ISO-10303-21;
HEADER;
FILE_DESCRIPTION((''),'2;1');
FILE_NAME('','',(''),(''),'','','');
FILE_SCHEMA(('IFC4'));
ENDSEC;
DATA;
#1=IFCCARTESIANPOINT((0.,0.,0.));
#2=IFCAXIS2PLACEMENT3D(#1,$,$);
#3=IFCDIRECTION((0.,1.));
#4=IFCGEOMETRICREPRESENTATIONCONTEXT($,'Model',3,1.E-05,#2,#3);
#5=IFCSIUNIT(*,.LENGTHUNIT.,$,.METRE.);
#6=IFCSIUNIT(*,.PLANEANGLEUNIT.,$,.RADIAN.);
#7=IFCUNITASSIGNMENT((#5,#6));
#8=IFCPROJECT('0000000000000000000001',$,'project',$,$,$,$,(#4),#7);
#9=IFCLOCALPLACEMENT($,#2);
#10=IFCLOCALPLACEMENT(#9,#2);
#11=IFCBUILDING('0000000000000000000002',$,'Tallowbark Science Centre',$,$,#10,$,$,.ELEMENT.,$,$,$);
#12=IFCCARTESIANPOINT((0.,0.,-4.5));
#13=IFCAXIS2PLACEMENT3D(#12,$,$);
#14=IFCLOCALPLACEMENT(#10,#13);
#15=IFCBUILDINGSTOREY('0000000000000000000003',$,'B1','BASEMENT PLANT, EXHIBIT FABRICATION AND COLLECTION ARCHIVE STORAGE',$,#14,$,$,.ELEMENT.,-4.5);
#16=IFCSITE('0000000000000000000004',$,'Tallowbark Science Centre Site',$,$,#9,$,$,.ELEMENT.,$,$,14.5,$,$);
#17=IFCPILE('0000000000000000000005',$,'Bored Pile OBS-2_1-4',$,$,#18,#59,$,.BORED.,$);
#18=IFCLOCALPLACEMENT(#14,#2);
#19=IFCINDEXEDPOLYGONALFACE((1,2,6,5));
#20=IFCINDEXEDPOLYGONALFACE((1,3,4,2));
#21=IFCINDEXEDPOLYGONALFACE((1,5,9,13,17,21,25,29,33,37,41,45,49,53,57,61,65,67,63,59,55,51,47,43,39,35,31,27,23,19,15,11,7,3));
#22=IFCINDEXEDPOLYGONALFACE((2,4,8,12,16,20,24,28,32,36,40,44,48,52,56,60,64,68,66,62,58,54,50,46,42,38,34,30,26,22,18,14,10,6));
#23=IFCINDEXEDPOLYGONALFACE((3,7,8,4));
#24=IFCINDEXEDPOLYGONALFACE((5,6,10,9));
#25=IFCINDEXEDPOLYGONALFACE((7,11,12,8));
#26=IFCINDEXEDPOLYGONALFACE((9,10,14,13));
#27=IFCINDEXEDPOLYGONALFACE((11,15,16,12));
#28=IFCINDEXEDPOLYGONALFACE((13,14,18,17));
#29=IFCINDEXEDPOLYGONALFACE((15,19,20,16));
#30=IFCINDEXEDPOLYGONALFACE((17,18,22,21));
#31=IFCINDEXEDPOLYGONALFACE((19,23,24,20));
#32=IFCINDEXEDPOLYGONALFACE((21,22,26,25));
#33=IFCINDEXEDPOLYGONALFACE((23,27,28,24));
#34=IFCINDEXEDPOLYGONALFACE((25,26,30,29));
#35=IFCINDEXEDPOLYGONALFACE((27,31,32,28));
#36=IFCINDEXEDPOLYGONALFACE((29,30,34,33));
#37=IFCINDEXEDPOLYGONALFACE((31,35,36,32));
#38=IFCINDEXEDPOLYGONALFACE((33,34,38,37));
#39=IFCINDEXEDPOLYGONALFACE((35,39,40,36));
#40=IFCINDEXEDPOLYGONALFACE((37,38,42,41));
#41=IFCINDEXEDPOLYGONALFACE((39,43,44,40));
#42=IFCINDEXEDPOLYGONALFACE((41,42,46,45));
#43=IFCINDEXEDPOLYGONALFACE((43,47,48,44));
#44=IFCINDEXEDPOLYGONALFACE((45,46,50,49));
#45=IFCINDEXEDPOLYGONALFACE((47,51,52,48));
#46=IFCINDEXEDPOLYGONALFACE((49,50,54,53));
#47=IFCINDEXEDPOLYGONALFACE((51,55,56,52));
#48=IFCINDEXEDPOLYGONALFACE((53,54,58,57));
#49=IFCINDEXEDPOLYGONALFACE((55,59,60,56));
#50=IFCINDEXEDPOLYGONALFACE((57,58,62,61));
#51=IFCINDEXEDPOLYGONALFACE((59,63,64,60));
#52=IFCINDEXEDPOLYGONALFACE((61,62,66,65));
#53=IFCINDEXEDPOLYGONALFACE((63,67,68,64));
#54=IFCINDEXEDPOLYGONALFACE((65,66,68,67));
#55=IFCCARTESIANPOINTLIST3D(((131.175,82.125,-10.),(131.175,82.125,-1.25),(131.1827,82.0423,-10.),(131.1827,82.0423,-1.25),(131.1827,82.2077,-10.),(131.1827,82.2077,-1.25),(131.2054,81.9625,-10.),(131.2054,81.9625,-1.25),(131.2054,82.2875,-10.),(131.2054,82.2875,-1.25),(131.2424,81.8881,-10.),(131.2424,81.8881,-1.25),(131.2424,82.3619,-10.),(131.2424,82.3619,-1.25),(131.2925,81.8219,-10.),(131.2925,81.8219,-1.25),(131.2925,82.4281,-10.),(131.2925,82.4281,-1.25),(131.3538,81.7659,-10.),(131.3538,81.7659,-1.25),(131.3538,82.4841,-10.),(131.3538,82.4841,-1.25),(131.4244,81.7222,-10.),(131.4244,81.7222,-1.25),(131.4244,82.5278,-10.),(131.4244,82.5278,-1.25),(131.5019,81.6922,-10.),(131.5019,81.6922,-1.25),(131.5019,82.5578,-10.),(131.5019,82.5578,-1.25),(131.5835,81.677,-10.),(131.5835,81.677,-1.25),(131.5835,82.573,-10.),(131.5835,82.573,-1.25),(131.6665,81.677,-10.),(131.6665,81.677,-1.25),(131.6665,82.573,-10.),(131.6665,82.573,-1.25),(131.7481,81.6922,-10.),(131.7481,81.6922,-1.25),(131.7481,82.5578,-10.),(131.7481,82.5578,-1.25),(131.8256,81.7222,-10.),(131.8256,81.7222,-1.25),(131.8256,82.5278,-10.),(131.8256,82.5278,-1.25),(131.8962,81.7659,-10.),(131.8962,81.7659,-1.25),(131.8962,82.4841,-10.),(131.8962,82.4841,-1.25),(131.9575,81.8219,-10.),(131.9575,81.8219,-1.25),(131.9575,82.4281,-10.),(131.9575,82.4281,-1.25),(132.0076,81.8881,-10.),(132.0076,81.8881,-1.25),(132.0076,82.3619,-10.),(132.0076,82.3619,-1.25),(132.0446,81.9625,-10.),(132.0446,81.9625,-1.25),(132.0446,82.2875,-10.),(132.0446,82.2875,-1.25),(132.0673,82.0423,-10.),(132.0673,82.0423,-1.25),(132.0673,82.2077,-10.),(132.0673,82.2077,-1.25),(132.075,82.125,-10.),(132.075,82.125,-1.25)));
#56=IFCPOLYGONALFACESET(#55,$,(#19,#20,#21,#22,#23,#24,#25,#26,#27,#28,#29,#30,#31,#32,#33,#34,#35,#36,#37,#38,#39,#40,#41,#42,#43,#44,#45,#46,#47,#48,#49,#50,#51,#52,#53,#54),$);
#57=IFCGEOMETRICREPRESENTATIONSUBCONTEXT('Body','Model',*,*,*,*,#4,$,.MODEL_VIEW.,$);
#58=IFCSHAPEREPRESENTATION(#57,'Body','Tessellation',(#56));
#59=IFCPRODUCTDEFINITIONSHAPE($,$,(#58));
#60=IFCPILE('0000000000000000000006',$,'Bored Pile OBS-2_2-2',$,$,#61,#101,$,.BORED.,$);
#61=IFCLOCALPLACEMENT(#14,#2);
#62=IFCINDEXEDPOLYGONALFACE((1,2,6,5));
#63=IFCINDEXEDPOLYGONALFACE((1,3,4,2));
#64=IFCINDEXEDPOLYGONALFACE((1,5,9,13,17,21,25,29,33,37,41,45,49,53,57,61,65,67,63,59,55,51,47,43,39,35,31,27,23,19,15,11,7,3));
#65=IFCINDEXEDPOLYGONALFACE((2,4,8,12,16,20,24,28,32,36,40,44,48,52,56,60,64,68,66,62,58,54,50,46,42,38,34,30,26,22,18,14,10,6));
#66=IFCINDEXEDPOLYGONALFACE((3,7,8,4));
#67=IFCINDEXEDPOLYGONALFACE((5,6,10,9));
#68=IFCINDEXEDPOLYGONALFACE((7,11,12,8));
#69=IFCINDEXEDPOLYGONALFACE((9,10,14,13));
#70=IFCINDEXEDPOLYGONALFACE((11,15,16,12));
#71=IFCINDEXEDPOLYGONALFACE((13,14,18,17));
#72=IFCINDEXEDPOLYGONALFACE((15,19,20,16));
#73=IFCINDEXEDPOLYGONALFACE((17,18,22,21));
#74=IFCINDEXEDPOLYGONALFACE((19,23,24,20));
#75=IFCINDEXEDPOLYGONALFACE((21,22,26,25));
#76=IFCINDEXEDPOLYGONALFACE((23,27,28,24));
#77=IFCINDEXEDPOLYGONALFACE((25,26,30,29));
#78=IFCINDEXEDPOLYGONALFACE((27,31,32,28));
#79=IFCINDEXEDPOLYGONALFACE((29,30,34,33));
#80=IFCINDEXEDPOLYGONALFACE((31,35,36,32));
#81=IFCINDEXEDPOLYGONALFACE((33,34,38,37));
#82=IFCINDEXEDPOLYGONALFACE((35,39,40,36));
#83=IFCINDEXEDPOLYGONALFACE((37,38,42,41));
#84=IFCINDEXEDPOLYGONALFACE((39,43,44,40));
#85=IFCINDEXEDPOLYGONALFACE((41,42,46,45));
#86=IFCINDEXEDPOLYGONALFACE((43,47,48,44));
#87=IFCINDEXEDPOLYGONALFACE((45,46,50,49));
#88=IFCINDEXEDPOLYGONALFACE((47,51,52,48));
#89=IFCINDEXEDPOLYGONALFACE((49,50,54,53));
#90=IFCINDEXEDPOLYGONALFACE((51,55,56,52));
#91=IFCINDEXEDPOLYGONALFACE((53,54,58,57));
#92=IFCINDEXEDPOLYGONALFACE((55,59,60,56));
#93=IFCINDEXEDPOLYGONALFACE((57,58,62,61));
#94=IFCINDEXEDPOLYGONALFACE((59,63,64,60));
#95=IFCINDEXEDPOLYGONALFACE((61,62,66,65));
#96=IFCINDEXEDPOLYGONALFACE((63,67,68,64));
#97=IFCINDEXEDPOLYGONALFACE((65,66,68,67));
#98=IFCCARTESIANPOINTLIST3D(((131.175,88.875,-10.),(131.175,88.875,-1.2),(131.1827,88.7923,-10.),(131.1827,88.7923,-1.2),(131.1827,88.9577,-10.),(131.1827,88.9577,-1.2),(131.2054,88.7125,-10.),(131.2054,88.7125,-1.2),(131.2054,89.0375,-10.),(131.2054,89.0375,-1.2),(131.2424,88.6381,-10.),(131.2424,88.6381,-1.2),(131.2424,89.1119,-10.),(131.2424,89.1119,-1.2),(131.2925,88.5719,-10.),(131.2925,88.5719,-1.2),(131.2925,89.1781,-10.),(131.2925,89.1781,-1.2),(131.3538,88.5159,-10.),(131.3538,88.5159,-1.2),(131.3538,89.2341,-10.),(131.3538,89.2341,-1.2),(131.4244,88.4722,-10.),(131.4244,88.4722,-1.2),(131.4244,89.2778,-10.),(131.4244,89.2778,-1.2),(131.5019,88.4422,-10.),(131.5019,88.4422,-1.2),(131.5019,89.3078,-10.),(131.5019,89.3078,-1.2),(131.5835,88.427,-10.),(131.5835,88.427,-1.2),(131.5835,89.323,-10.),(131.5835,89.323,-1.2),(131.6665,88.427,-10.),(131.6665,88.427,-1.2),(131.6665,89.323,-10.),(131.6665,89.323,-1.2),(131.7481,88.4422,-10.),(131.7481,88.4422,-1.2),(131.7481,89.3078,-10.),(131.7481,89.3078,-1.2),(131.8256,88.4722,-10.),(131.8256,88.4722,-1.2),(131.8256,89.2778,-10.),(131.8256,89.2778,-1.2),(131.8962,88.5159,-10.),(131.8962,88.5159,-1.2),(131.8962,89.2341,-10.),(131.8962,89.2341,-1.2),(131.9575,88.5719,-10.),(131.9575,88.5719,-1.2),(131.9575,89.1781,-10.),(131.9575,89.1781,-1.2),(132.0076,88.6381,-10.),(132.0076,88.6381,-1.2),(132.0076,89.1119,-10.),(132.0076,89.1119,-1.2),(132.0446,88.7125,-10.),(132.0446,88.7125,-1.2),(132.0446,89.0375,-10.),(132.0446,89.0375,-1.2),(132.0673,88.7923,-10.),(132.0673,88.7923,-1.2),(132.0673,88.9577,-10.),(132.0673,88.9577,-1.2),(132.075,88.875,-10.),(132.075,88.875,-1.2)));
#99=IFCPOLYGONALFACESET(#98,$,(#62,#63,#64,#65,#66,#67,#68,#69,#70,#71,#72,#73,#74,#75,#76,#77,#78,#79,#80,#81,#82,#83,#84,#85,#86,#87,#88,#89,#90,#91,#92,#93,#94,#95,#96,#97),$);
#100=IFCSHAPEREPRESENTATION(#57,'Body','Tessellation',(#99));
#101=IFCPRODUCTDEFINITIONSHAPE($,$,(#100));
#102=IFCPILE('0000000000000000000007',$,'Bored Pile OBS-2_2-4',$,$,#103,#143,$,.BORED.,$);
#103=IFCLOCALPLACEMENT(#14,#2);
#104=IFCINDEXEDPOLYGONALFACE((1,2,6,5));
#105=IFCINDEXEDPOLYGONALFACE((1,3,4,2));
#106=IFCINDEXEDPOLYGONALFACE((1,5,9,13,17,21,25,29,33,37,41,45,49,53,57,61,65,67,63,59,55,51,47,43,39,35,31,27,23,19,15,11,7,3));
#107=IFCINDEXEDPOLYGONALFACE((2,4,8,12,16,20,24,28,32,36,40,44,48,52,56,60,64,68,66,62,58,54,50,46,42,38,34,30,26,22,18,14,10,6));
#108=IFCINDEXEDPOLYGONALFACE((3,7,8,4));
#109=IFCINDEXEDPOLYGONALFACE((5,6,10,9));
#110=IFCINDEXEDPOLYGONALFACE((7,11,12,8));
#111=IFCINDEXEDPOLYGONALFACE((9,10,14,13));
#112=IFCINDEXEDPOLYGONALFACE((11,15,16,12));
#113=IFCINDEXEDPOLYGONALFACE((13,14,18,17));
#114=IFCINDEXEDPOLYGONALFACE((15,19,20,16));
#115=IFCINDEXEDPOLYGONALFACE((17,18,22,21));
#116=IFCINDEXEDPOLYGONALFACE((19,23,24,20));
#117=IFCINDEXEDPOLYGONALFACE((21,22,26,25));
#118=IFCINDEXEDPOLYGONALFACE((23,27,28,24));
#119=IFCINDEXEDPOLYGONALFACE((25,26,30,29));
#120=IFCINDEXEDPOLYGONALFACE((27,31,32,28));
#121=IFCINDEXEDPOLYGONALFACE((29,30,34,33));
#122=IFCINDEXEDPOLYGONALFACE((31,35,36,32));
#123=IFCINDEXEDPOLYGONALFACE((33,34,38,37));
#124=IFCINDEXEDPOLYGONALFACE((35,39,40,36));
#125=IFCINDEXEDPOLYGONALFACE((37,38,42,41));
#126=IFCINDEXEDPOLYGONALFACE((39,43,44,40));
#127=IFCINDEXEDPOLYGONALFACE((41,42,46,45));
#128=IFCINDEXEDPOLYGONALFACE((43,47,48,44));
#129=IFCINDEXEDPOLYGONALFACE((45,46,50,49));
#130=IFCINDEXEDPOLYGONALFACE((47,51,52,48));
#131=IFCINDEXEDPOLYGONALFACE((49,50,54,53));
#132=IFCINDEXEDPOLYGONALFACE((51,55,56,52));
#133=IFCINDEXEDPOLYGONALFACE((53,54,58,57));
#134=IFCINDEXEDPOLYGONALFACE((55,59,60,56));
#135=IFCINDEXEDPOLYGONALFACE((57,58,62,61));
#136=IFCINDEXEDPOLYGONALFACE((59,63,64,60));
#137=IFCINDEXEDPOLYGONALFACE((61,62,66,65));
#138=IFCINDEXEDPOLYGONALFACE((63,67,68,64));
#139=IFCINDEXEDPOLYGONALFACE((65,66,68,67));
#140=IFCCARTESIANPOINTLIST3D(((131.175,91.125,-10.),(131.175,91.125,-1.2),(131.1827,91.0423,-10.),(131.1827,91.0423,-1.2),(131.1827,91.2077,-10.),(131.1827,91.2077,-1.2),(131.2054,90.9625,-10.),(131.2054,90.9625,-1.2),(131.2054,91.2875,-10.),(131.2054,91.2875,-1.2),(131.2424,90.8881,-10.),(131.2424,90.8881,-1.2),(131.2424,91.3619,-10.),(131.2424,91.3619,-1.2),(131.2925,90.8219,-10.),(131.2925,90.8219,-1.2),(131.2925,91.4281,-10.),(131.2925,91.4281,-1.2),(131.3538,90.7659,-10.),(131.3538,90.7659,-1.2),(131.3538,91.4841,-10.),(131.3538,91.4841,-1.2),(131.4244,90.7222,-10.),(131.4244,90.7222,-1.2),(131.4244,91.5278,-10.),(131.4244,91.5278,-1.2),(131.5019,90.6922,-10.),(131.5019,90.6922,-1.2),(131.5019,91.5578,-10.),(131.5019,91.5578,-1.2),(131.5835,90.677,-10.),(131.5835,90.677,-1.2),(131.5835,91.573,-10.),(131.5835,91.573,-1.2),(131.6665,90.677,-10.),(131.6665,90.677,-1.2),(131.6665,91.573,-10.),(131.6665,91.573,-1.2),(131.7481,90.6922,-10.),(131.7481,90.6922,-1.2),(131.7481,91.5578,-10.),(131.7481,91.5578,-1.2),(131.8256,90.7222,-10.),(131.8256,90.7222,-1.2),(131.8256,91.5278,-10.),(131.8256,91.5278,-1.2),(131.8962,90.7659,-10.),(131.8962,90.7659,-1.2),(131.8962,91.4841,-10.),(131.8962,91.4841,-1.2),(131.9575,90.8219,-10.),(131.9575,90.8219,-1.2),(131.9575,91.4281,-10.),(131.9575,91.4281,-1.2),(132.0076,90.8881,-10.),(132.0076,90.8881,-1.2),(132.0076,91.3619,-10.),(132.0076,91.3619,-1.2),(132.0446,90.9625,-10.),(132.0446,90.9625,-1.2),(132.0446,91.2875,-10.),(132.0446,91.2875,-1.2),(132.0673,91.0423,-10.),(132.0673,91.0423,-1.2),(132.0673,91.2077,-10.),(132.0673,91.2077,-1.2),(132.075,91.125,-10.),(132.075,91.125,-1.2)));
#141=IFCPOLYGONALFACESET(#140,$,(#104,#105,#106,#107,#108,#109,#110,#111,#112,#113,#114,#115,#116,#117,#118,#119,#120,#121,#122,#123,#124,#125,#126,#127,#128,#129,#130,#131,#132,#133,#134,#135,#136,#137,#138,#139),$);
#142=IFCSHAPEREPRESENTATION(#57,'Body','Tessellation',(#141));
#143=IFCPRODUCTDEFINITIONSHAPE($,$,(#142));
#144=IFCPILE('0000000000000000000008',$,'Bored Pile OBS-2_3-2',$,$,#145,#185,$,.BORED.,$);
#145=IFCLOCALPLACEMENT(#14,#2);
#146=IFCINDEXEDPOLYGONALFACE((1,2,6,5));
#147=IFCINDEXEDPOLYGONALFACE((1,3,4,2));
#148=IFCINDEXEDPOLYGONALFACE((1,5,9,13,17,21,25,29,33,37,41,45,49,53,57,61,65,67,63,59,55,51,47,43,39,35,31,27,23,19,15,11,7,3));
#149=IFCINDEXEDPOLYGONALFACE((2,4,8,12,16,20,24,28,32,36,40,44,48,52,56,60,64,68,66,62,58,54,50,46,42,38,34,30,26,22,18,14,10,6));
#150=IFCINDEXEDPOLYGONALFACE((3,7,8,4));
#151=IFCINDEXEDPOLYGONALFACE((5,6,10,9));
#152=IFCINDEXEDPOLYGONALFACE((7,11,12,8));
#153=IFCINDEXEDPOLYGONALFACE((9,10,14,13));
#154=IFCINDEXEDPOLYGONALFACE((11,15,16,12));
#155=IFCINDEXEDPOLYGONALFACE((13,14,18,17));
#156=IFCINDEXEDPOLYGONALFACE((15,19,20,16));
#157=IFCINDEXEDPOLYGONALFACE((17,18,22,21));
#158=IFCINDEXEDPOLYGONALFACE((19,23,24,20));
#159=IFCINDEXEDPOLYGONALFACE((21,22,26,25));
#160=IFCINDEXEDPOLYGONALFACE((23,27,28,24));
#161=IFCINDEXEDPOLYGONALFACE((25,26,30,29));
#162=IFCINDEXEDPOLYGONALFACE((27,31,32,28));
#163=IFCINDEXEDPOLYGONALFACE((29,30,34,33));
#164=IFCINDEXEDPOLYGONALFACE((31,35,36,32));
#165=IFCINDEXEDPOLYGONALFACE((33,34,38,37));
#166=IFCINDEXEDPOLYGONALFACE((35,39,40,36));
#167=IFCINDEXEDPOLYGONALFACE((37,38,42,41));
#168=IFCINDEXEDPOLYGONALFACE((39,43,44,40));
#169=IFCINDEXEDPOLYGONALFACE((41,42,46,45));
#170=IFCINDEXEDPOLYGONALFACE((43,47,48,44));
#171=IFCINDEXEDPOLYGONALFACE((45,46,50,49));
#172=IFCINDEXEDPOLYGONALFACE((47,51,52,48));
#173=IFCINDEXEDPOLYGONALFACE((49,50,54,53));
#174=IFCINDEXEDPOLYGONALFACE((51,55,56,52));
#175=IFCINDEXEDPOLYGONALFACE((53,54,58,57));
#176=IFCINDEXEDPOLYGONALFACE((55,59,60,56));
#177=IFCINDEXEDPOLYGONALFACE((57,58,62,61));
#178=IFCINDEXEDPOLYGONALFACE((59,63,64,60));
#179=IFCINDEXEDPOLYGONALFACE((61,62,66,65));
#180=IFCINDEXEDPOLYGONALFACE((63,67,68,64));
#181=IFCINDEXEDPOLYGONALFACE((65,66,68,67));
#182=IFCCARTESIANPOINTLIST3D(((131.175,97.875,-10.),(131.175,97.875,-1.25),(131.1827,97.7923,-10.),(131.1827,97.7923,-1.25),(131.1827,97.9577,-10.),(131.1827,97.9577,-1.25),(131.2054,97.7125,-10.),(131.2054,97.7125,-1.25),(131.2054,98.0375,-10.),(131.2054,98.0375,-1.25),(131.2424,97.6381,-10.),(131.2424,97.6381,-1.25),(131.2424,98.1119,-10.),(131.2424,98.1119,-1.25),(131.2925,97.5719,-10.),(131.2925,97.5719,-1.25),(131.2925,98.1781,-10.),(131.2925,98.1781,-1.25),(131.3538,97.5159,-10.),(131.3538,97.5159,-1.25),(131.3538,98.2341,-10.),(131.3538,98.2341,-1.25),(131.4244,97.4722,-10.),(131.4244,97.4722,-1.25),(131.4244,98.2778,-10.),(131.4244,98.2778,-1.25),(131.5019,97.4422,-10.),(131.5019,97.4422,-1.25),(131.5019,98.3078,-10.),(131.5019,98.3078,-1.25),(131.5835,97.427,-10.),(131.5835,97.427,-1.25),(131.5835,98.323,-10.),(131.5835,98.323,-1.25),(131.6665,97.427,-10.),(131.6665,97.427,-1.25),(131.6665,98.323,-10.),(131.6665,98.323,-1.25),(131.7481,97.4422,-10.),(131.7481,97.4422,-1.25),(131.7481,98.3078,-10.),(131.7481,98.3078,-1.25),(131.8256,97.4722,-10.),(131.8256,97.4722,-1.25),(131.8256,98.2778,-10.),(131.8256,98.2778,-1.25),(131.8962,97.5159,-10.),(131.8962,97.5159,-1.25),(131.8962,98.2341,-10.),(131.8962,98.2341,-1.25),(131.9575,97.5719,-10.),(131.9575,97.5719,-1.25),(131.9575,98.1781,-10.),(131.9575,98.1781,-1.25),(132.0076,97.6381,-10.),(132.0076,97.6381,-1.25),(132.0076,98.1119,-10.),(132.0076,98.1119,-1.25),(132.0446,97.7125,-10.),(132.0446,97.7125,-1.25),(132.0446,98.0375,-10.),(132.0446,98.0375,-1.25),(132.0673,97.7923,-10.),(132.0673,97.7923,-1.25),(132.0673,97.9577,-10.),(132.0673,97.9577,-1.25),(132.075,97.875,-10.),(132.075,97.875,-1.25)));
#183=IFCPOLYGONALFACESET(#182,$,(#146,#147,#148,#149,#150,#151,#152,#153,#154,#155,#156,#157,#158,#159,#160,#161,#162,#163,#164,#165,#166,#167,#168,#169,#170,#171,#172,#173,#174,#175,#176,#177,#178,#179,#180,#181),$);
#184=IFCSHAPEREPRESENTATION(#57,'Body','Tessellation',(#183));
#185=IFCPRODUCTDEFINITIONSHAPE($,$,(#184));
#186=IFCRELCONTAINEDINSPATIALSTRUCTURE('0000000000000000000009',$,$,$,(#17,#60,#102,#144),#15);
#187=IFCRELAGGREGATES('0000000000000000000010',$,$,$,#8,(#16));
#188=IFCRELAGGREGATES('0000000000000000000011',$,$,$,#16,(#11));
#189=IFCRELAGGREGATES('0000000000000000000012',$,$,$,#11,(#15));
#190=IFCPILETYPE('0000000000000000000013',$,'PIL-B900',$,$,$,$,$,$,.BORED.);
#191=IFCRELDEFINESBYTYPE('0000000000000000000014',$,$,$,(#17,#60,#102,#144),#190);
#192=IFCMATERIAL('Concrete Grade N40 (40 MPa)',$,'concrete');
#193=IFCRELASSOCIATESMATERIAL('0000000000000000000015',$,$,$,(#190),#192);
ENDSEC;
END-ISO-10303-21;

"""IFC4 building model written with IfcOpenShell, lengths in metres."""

from ifc_helpers import new_model, si_unit, direction, frame, origin, origin_2d, place, context, subcontext, project, spatial, circle, extrude, material, material_profile, profile_set, type_object, element, save


model = new_model("IFC4")

# Units and contexts
model_context = context("Model", 3, precision=1e-05, world=origin(), true_north=direction((0.0, 1.0)))
body_context = subcontext(model_context, "Body", "Model", "MODEL_VIEW")
ifc_project = project(units=[si_unit("LENGTHUNIT", "METRE"), si_unit("PLANEANGLEUNIT", "RADIAN")], contexts=[model_context])

# Site, building, storey
site_placement = place(None, origin())
site = spatial("IfcSite", under=ifc_project, at=site_placement, Name="Tallowbark Science Centre Site", CompositionType="ELEMENT", RefElevation=14.5)
building_placement = place(site_placement, origin())
building = spatial("IfcBuilding", under=site, at=building_placement, Name="Tallowbark Science Centre", CompositionType="ELEMENT")
storey_placement = place(building_placement, frame((0.0, 0.0, -4.5)))
storey = spatial("IfcBuildingStorey", under=building, at=storey_placement, Name="B1", Description="BASEMENT PLANT, EXHIBIT FABRICATION AND COLLECTION ARCHIVE STORAGE", CompositionType="ELEMENT", Elevation=-4.5)

# Piles
ifc_material_1 = material(Name="Concrete Grade N40 (40 MPa)", Category="concrete")
ifc_material_profile_1 = material_profile(ifc_material_1, circle(Radius=0.45, at=origin_2d()), Name="PILE900")
ifc_profile_set_1 = profile_set([ifc_material_profile_1], Name="Concrete Grade N40 (40 MPa)")
pile_type = type_object("IfcPileType", Name="PIL-B900", PredefinedType="BORED", material=ifc_profile_set_1)
pile_placement = place(storey_placement, frame((131.625, 82.125, -1.25), z_axis=(0.0, 0.0, -1.0), x_axis=(1.0, 0.0, 0.0)))
element("IfcPile", 1, at=pile_placement, inside=storey, type_object=pile_type, Name="Bored Pile OBS-2_1-4", PredefinedType="BORED", context=body_context, shape_type="SweptSolid", body=[
    extrude(circle(Radius=0.45, at=origin_2d()), origin(), (0.0, 0.0, 1.0), 8.75),
])
for number, where, z_axis, x_axis, name in (
    (2, (131.625, 88.875, -1.2), (0.0, 0.0, -1.0), (1.0, 0.0, 0.0), "Bored Pile OBS-2_2-2"),
    (3, (131.625, 91.125, -1.2), (0.0, 0.0, -1.0), (1.0, 0.0, 0.0), "Bored Pile OBS-2_2-4"),
):
    element("IfcPile", number, at=place(storey_placement, frame(where, z_axis=z_axis, x_axis=x_axis)), inside=storey, type_object=pile_type, Name=name, PredefinedType="BORED", context=body_context, shape_type="SweptSolid", body=[
        extrude(circle(Radius=0.45, at=origin_2d()), origin(), (0.0, 0.0, 1.0), 8.8),
    ])
for number, where, z_axis, x_axis, name in (
    (4, (131.625, 97.875, -1.25), (0.0, 0.0, -1.0), (1.0, 0.0, 0.0), "Bored Pile OBS-2_3-2"),
):
    element("IfcPile", number, at=place(storey_placement, frame(where, z_axis=z_axis, x_axis=x_axis)), inside=storey, type_object=pile_type, Name=name, PredefinedType="BORED", context=body_context, shape_type="SweptSolid", body=[
        extrude(circle(Radius=0.45, at=origin_2d()), origin(), (0.0, 0.0, 1.0), 8.75),
    ])

save(model, "model.ifc")
